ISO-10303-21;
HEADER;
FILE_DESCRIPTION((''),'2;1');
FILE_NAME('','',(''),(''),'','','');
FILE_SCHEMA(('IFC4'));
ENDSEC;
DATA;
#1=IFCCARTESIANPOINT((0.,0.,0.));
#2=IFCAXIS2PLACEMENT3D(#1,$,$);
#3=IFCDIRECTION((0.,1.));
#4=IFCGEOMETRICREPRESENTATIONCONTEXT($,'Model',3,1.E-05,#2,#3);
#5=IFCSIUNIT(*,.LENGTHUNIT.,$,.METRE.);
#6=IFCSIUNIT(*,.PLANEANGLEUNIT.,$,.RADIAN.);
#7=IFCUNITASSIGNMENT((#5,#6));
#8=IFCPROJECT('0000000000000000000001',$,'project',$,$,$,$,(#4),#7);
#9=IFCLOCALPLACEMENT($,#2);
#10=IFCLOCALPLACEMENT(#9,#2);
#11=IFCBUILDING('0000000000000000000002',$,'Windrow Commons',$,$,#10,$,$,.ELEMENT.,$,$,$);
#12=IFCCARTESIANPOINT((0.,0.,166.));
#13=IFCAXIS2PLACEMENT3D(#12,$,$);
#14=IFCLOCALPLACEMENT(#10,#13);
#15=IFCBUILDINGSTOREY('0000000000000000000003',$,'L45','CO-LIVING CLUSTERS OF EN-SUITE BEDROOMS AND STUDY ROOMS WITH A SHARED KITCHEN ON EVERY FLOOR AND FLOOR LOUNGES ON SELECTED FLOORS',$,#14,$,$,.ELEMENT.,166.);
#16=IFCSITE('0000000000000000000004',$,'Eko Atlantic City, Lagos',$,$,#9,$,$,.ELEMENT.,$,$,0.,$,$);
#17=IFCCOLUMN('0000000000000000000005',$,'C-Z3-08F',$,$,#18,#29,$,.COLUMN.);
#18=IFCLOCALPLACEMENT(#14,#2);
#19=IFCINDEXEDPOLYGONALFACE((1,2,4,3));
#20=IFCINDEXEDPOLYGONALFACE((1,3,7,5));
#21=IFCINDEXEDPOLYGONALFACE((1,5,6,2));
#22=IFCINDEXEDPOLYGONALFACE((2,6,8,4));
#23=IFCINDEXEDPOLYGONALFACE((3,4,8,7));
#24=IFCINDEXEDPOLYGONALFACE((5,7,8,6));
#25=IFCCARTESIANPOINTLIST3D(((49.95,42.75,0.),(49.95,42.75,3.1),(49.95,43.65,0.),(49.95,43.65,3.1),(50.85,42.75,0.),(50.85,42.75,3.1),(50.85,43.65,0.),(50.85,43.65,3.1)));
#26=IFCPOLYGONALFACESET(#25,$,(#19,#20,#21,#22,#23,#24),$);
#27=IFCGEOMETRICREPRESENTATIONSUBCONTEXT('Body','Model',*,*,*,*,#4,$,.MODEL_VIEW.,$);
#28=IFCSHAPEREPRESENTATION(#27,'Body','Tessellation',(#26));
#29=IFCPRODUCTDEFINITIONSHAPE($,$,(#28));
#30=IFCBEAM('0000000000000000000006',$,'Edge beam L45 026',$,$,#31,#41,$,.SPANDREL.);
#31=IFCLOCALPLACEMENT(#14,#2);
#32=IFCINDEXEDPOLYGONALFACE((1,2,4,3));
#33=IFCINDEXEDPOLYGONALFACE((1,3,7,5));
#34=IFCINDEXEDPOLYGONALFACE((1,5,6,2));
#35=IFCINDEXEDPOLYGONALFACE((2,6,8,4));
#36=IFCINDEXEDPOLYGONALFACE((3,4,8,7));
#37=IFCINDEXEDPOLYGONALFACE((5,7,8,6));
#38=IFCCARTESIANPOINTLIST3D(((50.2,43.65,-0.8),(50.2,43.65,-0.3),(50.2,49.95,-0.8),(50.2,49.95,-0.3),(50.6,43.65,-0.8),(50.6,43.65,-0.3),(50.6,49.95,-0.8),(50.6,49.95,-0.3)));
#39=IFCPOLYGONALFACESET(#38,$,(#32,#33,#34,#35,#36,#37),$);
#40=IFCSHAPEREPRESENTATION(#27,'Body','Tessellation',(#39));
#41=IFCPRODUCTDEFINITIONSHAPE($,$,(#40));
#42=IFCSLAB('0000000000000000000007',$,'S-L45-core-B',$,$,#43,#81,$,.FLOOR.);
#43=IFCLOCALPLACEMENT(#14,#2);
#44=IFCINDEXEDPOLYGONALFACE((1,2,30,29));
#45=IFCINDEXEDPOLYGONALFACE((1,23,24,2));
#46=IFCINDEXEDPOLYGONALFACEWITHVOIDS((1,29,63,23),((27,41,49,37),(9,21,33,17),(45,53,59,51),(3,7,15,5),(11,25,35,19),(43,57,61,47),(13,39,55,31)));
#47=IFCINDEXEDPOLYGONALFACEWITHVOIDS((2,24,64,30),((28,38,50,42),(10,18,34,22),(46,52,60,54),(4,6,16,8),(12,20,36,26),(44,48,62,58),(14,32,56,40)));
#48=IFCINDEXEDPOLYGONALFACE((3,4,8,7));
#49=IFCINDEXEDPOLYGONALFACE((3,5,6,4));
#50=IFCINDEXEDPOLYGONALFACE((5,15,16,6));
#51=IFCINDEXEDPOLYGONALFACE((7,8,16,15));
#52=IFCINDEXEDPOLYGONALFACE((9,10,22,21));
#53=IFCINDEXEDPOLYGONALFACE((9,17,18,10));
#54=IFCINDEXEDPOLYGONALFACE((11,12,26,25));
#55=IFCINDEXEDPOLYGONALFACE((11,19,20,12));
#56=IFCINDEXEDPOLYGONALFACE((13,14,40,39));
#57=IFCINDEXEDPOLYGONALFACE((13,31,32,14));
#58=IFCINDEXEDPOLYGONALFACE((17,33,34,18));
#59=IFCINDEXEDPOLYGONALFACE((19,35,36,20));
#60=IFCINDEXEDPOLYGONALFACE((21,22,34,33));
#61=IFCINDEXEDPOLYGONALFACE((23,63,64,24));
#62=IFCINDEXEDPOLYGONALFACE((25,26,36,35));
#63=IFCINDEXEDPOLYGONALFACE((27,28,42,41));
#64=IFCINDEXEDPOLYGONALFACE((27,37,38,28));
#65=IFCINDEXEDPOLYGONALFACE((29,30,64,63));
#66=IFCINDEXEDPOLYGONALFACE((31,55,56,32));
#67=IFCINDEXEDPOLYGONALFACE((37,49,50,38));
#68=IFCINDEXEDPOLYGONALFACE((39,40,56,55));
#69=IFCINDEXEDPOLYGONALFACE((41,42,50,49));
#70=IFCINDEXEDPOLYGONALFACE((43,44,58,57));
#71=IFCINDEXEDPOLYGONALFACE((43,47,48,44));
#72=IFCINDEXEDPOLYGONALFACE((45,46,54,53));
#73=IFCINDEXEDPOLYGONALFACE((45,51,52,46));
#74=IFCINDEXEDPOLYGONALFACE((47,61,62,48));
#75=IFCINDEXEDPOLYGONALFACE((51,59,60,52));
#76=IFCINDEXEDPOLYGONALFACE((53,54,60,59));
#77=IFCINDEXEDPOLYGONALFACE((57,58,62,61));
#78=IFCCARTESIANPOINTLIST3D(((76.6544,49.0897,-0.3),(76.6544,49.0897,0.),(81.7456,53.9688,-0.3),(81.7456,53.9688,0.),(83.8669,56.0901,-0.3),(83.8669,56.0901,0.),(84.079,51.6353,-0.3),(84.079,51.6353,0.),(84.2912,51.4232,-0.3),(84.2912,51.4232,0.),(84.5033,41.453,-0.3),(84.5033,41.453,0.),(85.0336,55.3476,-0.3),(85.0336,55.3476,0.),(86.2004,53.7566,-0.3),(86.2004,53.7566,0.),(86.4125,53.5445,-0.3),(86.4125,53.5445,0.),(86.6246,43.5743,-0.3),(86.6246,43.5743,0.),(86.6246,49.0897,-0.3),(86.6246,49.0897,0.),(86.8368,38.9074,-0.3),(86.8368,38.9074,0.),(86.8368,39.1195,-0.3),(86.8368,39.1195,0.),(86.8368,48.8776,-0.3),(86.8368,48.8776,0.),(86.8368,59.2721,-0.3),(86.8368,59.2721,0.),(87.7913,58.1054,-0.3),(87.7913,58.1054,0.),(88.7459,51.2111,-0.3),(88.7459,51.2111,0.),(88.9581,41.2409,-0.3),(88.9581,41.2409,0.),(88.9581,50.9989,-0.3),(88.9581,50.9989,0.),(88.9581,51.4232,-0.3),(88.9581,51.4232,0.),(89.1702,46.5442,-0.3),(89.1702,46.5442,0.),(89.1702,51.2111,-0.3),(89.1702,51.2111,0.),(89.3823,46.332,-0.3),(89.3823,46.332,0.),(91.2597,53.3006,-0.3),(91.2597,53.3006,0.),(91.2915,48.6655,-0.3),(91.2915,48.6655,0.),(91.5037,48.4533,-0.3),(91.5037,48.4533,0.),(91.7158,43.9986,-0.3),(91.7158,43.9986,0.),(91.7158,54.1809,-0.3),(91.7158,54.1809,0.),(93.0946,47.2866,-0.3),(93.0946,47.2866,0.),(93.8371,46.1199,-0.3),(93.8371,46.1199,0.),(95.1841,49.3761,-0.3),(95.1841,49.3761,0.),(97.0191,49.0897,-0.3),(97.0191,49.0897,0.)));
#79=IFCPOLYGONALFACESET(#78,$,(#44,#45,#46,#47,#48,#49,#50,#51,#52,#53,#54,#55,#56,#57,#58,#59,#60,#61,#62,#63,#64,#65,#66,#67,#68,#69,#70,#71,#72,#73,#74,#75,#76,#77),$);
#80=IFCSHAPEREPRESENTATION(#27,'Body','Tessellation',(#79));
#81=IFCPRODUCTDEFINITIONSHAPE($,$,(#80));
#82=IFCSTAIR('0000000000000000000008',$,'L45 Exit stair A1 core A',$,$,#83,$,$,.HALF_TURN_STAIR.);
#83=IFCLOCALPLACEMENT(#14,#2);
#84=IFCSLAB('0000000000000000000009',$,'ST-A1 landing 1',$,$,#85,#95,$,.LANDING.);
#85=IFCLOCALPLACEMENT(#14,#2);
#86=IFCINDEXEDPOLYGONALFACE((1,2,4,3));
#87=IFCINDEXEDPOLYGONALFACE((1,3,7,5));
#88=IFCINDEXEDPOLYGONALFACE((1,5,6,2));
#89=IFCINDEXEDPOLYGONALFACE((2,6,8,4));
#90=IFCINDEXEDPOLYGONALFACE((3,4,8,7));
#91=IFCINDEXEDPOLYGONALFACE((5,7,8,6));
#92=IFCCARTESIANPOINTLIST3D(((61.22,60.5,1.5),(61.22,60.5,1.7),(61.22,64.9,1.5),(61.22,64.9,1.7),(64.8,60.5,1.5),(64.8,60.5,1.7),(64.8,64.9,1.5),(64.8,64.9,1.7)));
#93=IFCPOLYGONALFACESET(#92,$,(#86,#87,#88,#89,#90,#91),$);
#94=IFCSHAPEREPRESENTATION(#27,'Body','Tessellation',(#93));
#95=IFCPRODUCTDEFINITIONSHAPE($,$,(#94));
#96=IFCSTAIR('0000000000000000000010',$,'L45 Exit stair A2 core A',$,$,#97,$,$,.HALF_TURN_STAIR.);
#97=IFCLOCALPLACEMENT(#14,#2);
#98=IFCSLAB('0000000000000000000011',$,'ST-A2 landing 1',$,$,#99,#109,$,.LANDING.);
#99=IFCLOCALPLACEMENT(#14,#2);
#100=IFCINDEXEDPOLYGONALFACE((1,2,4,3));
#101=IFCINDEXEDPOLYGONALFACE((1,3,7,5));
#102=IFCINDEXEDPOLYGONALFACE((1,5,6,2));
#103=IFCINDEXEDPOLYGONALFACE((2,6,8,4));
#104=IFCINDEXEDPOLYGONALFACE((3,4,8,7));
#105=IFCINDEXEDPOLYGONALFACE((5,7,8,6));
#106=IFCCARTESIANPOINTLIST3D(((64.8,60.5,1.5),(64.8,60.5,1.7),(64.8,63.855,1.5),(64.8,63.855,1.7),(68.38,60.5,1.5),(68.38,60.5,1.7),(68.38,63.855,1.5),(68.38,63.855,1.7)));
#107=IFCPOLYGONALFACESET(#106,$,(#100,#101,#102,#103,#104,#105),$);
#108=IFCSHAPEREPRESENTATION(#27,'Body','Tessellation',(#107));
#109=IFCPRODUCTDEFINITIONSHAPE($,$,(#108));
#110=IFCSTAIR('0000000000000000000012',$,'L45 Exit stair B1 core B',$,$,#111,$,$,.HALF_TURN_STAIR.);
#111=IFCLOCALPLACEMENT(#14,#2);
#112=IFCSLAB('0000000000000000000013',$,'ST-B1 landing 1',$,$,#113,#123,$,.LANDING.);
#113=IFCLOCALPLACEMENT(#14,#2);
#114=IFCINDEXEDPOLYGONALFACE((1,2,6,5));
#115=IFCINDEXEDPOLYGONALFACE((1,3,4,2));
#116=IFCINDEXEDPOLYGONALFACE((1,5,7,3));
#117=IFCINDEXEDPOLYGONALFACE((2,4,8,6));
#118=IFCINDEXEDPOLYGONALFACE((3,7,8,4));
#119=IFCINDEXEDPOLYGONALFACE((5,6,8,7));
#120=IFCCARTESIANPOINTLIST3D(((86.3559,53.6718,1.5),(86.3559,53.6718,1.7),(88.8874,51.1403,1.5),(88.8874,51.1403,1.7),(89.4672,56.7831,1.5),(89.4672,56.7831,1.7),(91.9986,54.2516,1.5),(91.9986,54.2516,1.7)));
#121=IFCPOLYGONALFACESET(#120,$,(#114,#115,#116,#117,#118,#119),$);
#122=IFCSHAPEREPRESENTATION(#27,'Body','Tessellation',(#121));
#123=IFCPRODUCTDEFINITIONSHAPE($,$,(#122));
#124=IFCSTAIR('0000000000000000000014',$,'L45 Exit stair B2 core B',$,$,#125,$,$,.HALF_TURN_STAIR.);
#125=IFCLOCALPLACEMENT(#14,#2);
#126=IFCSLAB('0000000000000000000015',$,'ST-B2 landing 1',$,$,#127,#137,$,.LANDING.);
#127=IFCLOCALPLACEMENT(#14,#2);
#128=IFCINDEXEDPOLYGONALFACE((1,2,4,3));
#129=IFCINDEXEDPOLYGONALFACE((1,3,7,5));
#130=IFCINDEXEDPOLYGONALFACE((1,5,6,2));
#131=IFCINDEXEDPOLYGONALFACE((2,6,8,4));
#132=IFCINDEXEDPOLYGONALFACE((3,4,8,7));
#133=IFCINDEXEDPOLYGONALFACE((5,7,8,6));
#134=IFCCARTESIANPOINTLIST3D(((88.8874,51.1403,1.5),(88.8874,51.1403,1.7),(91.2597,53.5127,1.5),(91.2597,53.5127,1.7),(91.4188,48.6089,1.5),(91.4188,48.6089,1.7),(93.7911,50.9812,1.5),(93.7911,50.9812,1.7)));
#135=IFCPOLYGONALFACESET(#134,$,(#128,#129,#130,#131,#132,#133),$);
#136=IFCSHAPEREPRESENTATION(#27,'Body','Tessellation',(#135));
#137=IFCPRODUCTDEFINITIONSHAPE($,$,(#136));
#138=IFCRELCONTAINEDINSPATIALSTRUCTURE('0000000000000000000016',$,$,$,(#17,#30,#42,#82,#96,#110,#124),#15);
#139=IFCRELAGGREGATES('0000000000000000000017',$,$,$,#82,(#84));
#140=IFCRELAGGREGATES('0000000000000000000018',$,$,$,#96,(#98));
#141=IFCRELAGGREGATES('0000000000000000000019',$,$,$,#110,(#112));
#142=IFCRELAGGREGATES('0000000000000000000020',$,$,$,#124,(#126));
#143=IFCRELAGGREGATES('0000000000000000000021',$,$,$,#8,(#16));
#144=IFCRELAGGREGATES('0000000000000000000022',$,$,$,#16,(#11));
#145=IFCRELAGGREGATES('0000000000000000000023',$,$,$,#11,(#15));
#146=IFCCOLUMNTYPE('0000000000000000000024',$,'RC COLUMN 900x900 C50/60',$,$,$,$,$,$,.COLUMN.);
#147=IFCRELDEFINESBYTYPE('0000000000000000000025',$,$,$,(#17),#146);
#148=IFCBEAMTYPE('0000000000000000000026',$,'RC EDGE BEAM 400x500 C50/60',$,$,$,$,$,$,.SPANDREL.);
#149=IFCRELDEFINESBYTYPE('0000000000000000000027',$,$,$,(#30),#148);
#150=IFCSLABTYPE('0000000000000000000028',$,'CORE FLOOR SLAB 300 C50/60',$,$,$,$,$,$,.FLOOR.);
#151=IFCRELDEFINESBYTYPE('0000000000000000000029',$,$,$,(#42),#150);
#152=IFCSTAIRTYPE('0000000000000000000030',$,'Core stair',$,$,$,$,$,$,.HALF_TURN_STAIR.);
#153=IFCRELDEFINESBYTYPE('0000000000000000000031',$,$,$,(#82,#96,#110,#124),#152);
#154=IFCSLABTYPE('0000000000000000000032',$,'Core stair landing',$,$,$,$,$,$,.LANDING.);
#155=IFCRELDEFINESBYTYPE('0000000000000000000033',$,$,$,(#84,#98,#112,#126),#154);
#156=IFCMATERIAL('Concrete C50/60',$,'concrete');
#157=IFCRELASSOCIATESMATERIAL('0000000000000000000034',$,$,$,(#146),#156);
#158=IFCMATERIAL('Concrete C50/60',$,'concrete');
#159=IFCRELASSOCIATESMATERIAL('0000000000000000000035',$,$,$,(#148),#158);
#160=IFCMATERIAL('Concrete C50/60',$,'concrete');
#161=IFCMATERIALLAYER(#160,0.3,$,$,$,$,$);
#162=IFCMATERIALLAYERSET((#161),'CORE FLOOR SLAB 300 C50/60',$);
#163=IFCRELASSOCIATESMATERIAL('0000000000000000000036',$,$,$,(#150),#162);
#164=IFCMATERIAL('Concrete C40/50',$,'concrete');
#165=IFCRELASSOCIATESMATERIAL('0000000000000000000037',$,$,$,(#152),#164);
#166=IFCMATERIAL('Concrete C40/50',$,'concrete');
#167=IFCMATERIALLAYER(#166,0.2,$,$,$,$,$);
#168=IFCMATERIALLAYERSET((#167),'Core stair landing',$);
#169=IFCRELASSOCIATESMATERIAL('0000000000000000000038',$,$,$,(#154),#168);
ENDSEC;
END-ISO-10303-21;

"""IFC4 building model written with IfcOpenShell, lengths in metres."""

from ifc_helpers import new_model, si_unit, direction, frame, origin, origin_2d, place, context, subcontext, project, spatial, polyline, rectangle, outline, extrude, material, layer, layer_set, material_profile, profile_set, type_object, element, aggregate, save


model = new_model("IFC4")

# Units and contexts
model_context = context("Model", 3, precision=1e-05, world=origin(), true_north=direction((0.0, 1.0)))
body_context = subcontext(model_context, "Body", "Model", "MODEL_VIEW")
ifc_project = project(units=[si_unit("LENGTHUNIT", "METRE"), si_unit("PLANEANGLEUNIT", "RADIAN")], contexts=[model_context])

# Site, building, storey
site_placement = place(None, origin())
site = spatial("IfcSite", under=ifc_project, at=site_placement, Name="Eko Atlantic City, Lagos", CompositionType="ELEMENT", RefElevation=0.0)
building_placement = place(site_placement, origin())
building = spatial("IfcBuilding", under=site, at=building_placement, Name="Windrow Commons", CompositionType="ELEMENT")
storey_placement = place(building_placement, frame((0.0, 0.0, 166.0)))
storey = spatial("IfcBuildingStorey", under=building, at=storey_placement, Name="L45", Description="CO-LIVING CLUSTERS OF EN-SUITE BEDROOMS AND STUDY ROOMS WITH A SHARED KITCHEN ON EVERY FLOOR AND FLOOR LOUNGES ON SELECTED FLOORS", CompositionType="ELEMENT", Elevation=166.0)

# Column
ifc_material_1 = material(Name="Concrete C50/60", Category="concrete")
ifc_material_profile_1 = material_profile(ifc_material_1, rectangle(XDim=0.9, YDim=0.9, at=origin_2d()))
ifc_profile_set_1 = profile_set([ifc_material_profile_1], Name="Concrete C50/60")
column_type = type_object("IfcColumnType", Name="RC COLUMN 900x900 C50/60", PredefinedType="COLUMN", material=ifc_profile_set_1)
column_placement = place(storey_placement, frame((50.4, 43.2, 0.0), z_axis=(0.0, 0.0, 1.0), x_axis=(1.0, 0.0, 0.0)))
element("IfcColumn", 1, at=column_placement, inside=storey, type_object=column_type, Name="C-Z3-08F", PredefinedType="COLUMN", context=body_context, shape_type="SweptSolid", body=[
    extrude(rectangle(XDim=0.9, YDim=0.9, at=origin_2d()), origin(), (0.0, 0.0, 1.0), 3.1),
])

# Beam
ifc_material_2 = material(Name="Concrete C50/60", Category="concrete")
ifc_material_profile_2 = material_profile(ifc_material_2, rectangle(XDim=0.4, YDim=0.5, at=origin_2d()))
ifc_profile_set_2 = profile_set([ifc_material_profile_2], Name="Concrete C50/60")
beam_type = type_object("IfcBeamType", Name="RC EDGE BEAM 400x500 C50/60", PredefinedType="SPANDREL", material=ifc_profile_set_2)
beam_placement = place(storey_placement, frame((50.4, 43.65, -0.55), z_axis=(0.0, 1.0, 0.0), x_axis=(-1.0, 0.0, 0.0)))
element("IfcBeam", 2, at=beam_placement, inside=storey, type_object=beam_type, Name="Edge beam L45 026", PredefinedType="SPANDREL", context=body_context, shape_type="SweptSolid", body=[
    extrude(rectangle(XDim=0.4, YDim=0.5, at=origin_2d()), origin(), (0.0, 0.0, 1.0), 6.3),
])

# Slab, openings
ifc_material_3 = material(Name="Concrete C50/60", Category="concrete")
ifc_layer_1 = layer(ifc_material_3, 0.3)
ifc_layer_set_1 = layer_set([ifc_layer_1], Name="CORE FLOOR SLAB 300 C50/60")
slab_type_1 = type_object("IfcSlabType", Name="CORE FLOOR SLAB 300 C50/60", PredefinedType="FLOOR", material=ifc_layer_set_1)
placement_1 = place(storey_placement, frame((0.0, 0.0, -0.3)))
slab_1 = element("IfcSlab", 3, at=placement_1, inside=storey, type_object=slab_type_1, Name="S-L45-core-B", PredefinedType="FLOOR", context=body_context, shape_type="SweptSolid", body=[
    extrude(outline(polyline([(76.6544, 49.0897), (86.8368, 38.9074), (97.0191, 49.0897), (86.8368, 59.2721), (76.6544, 49.0897)]), holes=[polyline([(84.5033, 41.453), (86.8368, 39.1195), (88.9581, 41.2409), (86.6246, 43.5743), (84.5033, 41.453)]), polyline([(81.7456, 53.9688), (84.079, 51.6353), (86.2004, 53.7566), (83.8669, 56.0901), (81.7456, 53.9688)]), polyline([(84.2912, 51.4232), (86.6246, 49.0897), (88.7459, 51.2111), (86.4125, 53.5445), (84.2912, 51.4232)]), polyline([(86.8368, 48.8776), (89.1702, 46.5442), (91.2915, 48.6655), (88.9581, 50.9989), (86.8368, 48.8776)]), polyline([(89.3823, 46.332), (91.7158, 43.9986), (93.8371, 46.1199), (91.5037, 48.4533), (89.3823, 46.332)]), polyline([(85.0336, 55.3476), (88.9581, 51.4232), (91.7158, 54.1809), (87.7913, 58.1054), (85.0336, 55.3476)]), polyline([(89.1702, 51.2111), (93.0946, 47.2866), (95.1841, 49.3761), (91.2597, 53.3006), (89.1702, 51.2111)])]), origin(), (0.0, 0.0, 1.0), 0.3),
])
opening_1_placement = place(placement_1, origin())
element("IfcOpeningElement", 4, at=opening_1_placement, cuts=slab_1, PredefinedType="OPENING", context=body_context, shape_type="SweptSolid", body=[
    extrude(outline(polyline([(84.5104, 41.453), (86.6246, 43.5672), (88.951, 41.2409), (86.8368, 39.1266), (84.5104, 41.453)])), origin(), (0.0, 0.0, 1.0), 0.3),
])
opening_2_placement = place(placement_1, origin())
element("IfcOpeningElement", 5, at=opening_2_placement, cuts=slab_1, PredefinedType="OPENING", context=body_context, shape_type="SweptSolid", body=[
    extrude(outline(polyline([(81.7527, 53.9688), (83.8669, 56.083), (86.1933, 53.7566), (84.079, 51.6424), (81.7527, 53.9688)])), origin(), (0.0, 0.0, 1.0), 0.3),
])
opening_3_placement = place(placement_1, origin())
element("IfcOpeningElement", 6, at=opening_3_placement, cuts=slab_1, PredefinedType="OPENING", context=body_context, shape_type="SweptSolid", body=[
    extrude(outline(polyline([(84.2983, 51.4232), (86.4125, 53.5374), (88.7388, 51.2111), (86.6246, 49.0968), (84.2983, 51.4232)])), origin(), (0.0, 0.0, 1.0), 0.3),
])
opening_4_placement = place(placement_1, origin())
element("IfcOpeningElement", 7, at=opening_4_placement, cuts=slab_1, PredefinedType="OPENING", context=body_context, shape_type="SweptSolid", body=[
    extrude(outline(polyline([(86.8439, 48.8776), (88.9581, 50.9918), (91.2844, 48.6655), (89.1702, 46.5513), (86.8439, 48.8776)])), origin(), (0.0, 0.0, 1.0), 0.3),
])
opening_5_placement = place(placement_1, origin())
element("IfcOpeningElement", 8, at=opening_5_placement, cuts=slab_1, PredefinedType="OPENING", context=body_context, shape_type="SweptSolid", body=[
    extrude(outline(polyline([(89.3894, 46.332), (91.5037, 48.4462), (93.83, 46.1199), (91.7158, 44.0057), (89.3894, 46.332)])), origin(), (0.0, 0.0, 1.0), 0.3),
])
opening_6_placement = place(placement_1, origin())
element("IfcOpeningElement", 9, at=opening_6_placement, cuts=slab_1, PredefinedType="OPENING", context=body_context, shape_type="SweptSolid", body=[
    extrude(outline(polyline([(85.0407, 55.3476), (87.7913, 58.0983), (91.7087, 54.1809), (88.9581, 51.4303), (85.0407, 55.3476)])), origin(), (0.0, 0.0, 1.0), 0.3),
])
opening_7_placement = place(placement_1, origin())
element("IfcOpeningElement", 10, at=opening_7_placement, cuts=slab_1, PredefinedType="OPENING", context=body_context, shape_type="SweptSolid", body=[
    extrude(outline(polyline([(89.1773, 51.2111), (91.2597, 53.2935), (95.177, 49.3761), (93.0946, 47.2937), (89.1773, 51.2111)])), origin(), (0.0, 0.0, 1.0), 0.3),
])

# Stairs, slabs
ifc_material_4 = material(Name="Concrete C40/50", Category="concrete")
stair_type = type_object("IfcStairType", Name="Core stair", PredefinedType="HALF_TURN_STAIR", material=ifc_material_4)
placement_2 = place(storey_placement, origin())
stair_1 = element("IfcStair", 11, at=placement_2, inside=storey, type_object=stair_type, Name="L45 Exit stair A1 core A", PredefinedType="HALF_TURN_STAIR")
ifc_material_5 = material(Name="Concrete C40/50", Category="concrete")
ifc_layer_2 = layer(ifc_material_5, 0.2)
ifc_layer_set_2 = layer_set([ifc_layer_2], Name="Core stair landing")
slab_type_2 = type_object("IfcSlabType", Name="Core stair landing", PredefinedType="LANDING", material=ifc_layer_set_2)
placement_3 = place(storey_placement, frame((0.0, 0.0, 1.5)))
slab_2 = element("IfcSlab", 12, at=placement_3, type_object=slab_type_2, Name="ST-A1 landing 1", PredefinedType="LANDING", context=body_context, shape_type="SweptSolid", body=[
    extrude(outline(polyline([(61.22, 60.5), (64.8, 60.5), (64.8, 64.9), (61.22, 64.9), (61.22, 60.5)])), origin(), (0.0, 0.0, 1.0), 0.2),
])
aggregate(stair_1, [slab_2])
stair_2 = element("IfcStair", 13, at=placement_2, inside=storey, type_object=stair_type, Name="L45 Exit stair A2 core A", PredefinedType="HALF_TURN_STAIR")
slab_3 = element("IfcSlab", 14, at=placement_3, type_object=slab_type_2, Name="ST-A2 landing 1", PredefinedType="LANDING", context=body_context, shape_type="SweptSolid", body=[
    extrude(outline(polyline([(64.8, 60.5), (68.38, 60.5), (68.38, 63.855), (64.8, 63.855), (64.8, 60.5)])), origin(), (0.0, 0.0, 1.0), 0.2),
])
aggregate(stair_2, [slab_3])
stair_3 = element("IfcStair", 15, at=placement_2, inside=storey, type_object=stair_type, Name="L45 Exit stair B1 core B", PredefinedType="HALF_TURN_STAIR")
slab_4 = element("IfcSlab", 16, at=placement_3, type_object=slab_type_2, Name="ST-B1 landing 1", PredefinedType="LANDING", context=body_context, shape_type="SweptSolid", body=[
    extrude(outline(polyline([(86.3559, 53.6718), (88.8874, 51.1403), (91.9986, 54.2516), (89.4672, 56.7831), (86.3559, 53.6718)])), origin(), (0.0, 0.0, 1.0), 0.2),
])
aggregate(stair_3, [slab_4])
stair_4 = element("IfcStair", 17, at=placement_2, inside=storey, type_object=stair_type, Name="L45 Exit stair B2 core B", PredefinedType="HALF_TURN_STAIR")
slab_5 = element("IfcSlab", 18, at=placement_3, type_object=slab_type_2, Name="ST-B2 landing 1", PredefinedType="LANDING", context=body_context, shape_type="SweptSolid", body=[
    extrude(outline(polyline([(88.8874, 51.1403), (91.4188, 48.6089), (93.7911, 50.9812), (91.2597, 53.5127), (88.8874, 51.1403)])), origin(), (0.0, 0.0, 1.0), 0.2),
])
aggregate(stair_4, [slab_5])

save(model, "model.ifc")
